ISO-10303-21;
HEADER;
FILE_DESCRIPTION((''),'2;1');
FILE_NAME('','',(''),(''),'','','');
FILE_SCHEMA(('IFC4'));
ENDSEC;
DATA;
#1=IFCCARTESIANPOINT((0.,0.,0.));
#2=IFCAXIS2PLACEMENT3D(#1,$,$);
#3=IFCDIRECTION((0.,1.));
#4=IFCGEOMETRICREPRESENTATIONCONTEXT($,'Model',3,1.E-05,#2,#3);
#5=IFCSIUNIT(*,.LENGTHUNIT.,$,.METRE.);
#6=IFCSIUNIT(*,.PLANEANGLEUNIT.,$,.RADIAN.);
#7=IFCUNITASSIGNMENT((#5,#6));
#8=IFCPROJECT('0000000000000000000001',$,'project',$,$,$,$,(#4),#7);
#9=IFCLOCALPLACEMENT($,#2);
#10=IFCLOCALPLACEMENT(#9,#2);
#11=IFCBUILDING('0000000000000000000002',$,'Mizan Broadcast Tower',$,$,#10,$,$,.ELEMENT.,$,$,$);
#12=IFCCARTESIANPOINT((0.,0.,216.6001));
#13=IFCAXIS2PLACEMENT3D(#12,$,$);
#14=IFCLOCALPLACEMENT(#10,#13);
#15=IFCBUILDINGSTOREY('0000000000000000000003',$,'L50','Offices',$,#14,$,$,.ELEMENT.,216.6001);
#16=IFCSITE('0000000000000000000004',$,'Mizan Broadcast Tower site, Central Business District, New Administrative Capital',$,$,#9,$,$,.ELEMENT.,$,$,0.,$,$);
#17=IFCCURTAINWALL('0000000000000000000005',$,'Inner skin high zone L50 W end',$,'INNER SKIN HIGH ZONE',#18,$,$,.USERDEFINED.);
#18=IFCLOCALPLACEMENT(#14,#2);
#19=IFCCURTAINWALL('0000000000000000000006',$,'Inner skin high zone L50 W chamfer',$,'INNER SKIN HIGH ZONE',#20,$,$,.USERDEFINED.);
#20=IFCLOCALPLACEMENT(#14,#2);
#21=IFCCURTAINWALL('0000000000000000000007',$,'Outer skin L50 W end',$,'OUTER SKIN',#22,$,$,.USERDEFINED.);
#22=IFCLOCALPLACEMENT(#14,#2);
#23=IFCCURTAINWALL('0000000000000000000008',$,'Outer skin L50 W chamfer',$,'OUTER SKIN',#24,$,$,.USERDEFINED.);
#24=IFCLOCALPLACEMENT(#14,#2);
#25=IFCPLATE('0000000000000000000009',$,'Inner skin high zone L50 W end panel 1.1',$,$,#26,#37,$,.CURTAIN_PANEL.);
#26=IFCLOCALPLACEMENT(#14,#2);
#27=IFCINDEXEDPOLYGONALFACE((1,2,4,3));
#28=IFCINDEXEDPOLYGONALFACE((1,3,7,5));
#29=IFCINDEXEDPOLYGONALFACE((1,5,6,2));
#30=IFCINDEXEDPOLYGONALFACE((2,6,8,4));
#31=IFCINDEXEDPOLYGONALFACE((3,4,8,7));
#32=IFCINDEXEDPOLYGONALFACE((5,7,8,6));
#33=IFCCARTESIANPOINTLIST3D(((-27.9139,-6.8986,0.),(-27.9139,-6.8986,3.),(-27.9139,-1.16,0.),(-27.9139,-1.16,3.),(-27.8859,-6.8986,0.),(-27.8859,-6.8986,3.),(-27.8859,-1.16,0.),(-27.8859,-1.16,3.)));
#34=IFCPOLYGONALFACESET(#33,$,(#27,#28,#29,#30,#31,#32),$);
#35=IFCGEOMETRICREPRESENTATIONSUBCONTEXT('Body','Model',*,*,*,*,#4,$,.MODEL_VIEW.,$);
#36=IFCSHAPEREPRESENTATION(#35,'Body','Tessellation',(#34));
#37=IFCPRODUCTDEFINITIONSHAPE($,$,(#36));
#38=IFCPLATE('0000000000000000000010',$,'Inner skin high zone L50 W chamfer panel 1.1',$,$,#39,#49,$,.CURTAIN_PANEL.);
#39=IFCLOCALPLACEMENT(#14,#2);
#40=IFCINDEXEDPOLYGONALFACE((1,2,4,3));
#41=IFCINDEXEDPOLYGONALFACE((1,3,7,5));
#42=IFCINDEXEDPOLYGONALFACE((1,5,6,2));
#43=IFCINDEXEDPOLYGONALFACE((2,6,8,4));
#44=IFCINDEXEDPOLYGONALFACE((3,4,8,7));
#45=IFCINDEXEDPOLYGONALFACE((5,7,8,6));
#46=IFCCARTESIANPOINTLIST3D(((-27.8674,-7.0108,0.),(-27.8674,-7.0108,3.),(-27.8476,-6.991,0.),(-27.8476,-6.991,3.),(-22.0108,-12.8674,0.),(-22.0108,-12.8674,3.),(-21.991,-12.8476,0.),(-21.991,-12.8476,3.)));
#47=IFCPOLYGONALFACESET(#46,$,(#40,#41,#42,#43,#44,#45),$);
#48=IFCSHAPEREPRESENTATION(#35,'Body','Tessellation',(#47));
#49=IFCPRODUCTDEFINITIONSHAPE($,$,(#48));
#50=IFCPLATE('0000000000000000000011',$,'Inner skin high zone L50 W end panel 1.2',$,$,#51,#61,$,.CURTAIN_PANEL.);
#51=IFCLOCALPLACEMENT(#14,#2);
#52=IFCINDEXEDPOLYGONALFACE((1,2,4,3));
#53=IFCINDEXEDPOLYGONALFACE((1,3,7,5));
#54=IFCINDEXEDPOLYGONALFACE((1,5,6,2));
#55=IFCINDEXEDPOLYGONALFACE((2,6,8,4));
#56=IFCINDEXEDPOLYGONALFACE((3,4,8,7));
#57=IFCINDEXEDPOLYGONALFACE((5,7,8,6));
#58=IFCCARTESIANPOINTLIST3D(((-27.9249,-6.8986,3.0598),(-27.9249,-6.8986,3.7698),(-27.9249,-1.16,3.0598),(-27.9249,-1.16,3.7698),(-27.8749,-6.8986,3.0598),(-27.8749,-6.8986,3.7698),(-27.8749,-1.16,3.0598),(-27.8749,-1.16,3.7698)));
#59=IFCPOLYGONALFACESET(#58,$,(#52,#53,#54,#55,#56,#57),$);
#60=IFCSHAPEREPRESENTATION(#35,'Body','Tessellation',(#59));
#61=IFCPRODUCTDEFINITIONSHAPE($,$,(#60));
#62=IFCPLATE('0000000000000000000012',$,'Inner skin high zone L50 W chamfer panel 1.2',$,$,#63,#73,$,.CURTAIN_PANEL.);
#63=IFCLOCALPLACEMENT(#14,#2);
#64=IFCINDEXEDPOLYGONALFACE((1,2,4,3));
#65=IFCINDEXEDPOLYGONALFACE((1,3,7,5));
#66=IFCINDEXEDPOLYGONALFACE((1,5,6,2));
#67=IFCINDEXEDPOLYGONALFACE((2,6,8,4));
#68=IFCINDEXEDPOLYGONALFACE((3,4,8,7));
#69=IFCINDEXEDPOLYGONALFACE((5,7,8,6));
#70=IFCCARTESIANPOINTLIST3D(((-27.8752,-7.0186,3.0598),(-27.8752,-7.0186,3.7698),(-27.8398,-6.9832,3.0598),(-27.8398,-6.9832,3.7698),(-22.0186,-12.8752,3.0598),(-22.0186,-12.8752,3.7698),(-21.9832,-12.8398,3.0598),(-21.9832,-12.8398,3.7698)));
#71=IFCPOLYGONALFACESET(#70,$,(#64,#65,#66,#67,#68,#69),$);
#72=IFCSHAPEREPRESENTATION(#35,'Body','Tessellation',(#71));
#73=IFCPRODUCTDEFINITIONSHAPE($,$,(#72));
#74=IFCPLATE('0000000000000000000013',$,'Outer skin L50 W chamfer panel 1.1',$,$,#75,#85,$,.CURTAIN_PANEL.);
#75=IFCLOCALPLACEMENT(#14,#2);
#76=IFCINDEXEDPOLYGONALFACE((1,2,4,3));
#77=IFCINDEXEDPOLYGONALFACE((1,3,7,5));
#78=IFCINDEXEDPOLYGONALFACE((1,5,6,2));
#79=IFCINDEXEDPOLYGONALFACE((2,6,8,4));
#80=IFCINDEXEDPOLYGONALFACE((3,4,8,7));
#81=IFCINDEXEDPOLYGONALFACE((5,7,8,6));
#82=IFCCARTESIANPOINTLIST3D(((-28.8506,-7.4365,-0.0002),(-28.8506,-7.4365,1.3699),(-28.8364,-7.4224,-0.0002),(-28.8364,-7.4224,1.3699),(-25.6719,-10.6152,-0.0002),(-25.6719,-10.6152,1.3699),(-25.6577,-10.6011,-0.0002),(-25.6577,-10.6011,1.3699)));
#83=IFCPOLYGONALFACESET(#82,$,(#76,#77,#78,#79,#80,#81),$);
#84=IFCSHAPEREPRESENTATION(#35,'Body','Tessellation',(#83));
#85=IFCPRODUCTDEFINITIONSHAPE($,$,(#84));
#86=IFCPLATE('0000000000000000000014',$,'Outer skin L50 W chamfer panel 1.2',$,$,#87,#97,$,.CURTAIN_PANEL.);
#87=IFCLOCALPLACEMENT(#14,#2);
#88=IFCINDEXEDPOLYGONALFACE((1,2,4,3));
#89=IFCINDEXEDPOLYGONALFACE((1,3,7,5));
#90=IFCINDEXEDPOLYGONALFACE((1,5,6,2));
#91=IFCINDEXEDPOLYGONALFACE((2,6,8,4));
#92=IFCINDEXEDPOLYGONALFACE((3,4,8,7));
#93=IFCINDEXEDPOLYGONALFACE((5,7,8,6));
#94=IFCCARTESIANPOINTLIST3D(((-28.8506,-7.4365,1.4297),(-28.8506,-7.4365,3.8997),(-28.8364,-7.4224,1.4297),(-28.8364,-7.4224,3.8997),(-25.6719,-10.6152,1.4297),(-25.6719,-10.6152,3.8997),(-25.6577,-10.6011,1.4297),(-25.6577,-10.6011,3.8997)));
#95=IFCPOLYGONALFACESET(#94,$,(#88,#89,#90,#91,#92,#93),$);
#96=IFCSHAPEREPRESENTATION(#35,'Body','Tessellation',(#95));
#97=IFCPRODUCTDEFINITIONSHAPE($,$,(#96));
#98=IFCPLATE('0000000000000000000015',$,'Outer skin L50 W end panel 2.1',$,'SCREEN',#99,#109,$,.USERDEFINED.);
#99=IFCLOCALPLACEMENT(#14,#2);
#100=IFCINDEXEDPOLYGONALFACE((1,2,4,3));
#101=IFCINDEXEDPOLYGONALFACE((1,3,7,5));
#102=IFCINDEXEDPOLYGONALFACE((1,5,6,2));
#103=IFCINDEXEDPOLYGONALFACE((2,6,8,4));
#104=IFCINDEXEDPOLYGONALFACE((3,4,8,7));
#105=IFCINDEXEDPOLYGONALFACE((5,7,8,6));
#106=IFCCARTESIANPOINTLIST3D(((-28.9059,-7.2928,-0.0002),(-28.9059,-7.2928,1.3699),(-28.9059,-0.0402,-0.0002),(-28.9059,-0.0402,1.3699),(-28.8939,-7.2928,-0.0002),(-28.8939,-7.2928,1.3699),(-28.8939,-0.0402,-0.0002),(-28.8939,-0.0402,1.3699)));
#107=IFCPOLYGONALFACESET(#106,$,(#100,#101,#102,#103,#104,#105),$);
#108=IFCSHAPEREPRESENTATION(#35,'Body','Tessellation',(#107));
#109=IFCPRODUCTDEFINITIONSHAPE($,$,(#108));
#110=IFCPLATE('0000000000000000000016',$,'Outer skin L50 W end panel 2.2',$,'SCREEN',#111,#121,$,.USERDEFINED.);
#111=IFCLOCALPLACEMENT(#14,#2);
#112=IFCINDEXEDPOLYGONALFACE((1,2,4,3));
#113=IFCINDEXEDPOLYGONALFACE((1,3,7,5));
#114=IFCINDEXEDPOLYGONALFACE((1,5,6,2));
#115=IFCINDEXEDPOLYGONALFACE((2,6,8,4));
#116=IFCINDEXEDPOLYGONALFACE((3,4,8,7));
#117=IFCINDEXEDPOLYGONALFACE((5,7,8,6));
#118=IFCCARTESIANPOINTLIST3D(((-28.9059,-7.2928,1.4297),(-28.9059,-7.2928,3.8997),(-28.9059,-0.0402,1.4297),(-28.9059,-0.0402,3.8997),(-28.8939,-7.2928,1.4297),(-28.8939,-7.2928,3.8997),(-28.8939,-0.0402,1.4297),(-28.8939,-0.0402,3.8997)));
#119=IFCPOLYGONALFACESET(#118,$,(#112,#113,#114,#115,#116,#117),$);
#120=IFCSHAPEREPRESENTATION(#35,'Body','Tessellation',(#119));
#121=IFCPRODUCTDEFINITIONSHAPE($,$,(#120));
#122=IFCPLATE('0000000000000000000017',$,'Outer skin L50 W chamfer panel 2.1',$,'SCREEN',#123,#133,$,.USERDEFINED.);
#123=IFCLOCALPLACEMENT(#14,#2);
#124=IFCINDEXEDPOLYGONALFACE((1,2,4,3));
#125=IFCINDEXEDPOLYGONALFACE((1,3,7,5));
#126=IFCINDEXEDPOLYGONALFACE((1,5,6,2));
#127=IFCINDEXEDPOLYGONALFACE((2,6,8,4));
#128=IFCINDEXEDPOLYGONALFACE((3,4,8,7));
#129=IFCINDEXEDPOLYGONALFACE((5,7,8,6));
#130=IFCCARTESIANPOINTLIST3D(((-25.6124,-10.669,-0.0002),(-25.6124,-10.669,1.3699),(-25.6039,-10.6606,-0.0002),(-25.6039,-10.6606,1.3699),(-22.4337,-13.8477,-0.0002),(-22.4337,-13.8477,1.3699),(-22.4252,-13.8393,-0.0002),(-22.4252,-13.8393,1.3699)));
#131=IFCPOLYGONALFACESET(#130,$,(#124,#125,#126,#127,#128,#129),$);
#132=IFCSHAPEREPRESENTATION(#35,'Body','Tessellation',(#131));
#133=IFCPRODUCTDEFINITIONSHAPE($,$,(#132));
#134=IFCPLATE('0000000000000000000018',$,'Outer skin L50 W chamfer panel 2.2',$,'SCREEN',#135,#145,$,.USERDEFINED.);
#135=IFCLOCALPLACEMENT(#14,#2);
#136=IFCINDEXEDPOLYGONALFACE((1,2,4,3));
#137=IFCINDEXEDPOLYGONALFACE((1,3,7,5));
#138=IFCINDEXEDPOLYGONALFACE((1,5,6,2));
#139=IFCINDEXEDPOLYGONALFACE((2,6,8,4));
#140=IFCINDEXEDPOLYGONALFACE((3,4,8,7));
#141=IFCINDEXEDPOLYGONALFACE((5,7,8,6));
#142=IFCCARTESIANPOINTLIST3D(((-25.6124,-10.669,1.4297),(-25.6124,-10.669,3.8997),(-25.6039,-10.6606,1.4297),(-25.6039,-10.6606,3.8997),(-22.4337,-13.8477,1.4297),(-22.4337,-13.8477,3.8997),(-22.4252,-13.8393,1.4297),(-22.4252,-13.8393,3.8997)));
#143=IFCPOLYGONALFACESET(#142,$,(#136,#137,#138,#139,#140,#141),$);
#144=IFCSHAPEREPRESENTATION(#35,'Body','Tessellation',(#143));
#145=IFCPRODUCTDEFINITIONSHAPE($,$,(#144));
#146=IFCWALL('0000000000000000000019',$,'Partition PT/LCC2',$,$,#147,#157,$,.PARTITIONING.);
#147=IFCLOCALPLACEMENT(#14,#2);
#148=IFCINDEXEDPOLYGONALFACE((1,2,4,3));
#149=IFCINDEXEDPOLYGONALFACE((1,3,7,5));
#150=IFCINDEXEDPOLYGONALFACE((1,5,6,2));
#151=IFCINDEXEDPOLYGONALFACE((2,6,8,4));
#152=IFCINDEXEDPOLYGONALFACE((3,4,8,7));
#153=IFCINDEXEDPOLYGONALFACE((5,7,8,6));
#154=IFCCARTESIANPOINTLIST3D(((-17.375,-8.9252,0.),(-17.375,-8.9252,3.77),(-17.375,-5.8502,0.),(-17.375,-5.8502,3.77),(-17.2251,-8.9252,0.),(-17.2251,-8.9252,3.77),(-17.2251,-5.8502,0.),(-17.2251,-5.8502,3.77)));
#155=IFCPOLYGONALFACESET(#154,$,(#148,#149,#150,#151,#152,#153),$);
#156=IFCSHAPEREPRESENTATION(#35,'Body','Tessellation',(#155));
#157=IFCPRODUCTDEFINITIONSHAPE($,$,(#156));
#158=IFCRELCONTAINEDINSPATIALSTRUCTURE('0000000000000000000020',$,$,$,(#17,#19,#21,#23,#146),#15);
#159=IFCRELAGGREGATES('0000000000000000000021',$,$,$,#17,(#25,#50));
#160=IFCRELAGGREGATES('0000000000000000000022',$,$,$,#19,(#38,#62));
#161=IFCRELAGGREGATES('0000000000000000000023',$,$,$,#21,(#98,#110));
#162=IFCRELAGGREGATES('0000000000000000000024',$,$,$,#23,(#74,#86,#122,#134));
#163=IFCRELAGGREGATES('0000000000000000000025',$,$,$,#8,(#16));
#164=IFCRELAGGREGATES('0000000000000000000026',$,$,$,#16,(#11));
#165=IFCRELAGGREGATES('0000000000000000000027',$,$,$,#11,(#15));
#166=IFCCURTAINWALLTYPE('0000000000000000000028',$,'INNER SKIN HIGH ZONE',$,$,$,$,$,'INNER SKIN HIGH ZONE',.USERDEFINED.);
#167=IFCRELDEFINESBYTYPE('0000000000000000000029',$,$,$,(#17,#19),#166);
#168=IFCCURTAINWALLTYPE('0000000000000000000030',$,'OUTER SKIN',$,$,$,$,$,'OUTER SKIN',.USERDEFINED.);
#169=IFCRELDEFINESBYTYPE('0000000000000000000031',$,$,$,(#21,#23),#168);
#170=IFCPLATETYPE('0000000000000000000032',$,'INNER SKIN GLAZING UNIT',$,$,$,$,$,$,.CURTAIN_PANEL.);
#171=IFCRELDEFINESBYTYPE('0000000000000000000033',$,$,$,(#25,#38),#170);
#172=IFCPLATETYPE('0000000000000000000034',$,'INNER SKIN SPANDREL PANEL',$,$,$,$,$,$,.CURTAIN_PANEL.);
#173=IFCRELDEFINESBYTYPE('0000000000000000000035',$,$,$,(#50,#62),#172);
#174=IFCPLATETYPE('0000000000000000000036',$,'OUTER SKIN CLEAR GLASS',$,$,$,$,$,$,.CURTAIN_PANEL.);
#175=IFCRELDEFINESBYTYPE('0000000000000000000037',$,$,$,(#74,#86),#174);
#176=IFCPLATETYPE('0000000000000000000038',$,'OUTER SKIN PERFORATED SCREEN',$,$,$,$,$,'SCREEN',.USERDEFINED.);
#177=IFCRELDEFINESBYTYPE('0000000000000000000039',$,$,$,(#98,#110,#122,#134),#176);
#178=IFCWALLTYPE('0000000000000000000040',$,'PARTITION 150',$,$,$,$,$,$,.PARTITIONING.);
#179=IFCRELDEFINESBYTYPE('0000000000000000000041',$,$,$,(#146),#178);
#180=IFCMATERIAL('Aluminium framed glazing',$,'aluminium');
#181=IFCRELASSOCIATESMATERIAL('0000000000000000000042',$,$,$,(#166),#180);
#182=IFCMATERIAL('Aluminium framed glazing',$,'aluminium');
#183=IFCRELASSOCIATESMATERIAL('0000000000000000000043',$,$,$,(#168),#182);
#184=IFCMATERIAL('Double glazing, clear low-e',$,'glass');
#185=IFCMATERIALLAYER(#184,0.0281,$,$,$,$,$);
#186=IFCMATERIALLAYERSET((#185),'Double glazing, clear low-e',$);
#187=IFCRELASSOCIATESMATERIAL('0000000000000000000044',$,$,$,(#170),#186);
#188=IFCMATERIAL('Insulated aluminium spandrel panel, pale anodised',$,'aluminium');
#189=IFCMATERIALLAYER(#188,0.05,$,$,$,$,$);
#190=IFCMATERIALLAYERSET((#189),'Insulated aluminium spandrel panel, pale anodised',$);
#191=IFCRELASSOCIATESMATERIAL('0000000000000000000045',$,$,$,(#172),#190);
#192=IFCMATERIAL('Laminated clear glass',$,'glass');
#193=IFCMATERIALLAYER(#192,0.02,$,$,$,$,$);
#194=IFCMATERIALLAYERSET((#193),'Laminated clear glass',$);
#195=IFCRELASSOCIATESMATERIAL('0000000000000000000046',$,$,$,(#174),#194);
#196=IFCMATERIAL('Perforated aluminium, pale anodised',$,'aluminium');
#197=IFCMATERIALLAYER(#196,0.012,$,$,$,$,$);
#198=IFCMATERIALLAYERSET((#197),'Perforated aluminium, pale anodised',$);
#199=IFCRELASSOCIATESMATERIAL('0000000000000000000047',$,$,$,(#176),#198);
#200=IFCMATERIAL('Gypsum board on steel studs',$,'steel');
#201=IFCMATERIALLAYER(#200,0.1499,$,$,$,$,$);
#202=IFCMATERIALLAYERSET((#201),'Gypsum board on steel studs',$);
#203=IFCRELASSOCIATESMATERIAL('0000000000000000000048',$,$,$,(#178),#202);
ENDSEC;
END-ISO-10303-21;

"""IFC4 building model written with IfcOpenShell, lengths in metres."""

from ifc_helpers import new_model, si_unit, direction, frame, frame_2d, origin, origin_2d, place, context, subcontext, project, spatial, rectangle, extrude, material, layer, layer_set, type_object, element, aggregate, save


model = new_model("IFC4")

# Units and contexts
model_context = context("Model", 3, precision=1e-05, world=origin(), true_north=direction((0.0, 1.0)))
body_context = subcontext(model_context, "Body", "Model", "MODEL_VIEW")
ifc_project = project(units=[si_unit("LENGTHUNIT", "METRE"), si_unit("PLANEANGLEUNIT", "RADIAN")], contexts=[model_context])

# Site, building, storey
site_placement = place(None, origin())
site = spatial("IfcSite", under=ifc_project, at=site_placement, Name="Mizan Broadcast Tower site, Central Business District, New Administrative Capital", CompositionType="ELEMENT", RefElevation=0.0)
building_placement = place(site_placement, origin())
building = spatial("IfcBuilding", under=site, at=building_placement, Name="Mizan Broadcast Tower", CompositionType="ELEMENT")
storey_placement = place(building_placement, frame((0.0, 0.0, 216.6001)))
storey = spatial("IfcBuildingStorey", under=building, at=storey_placement, Name="L50", Description="Offices", CompositionType="ELEMENT", Elevation=216.6001)

# Curtain wall
ifc_material_1 = material(Name="Aluminium framed glazing", Category="aluminium")
curtain_wall_type_1 = type_object("IfcCurtainWallType", Name="INNER SKIN HIGH ZONE", ElementType="INNER SKIN HIGH ZONE", PredefinedType="USERDEFINED", material=ifc_material_1)
curtain_wall_1_placement = place(storey_placement, origin())
curtain_wall_1 = element("IfcCurtainWall", 1, at=curtain_wall_1_placement, inside=storey, type_object=curtain_wall_type_1, Name="Inner skin high zone L50 W end", ObjectType="INNER SKIN HIGH ZONE", PredefinedType="USERDEFINED")

# Curtain walls
curtain_wall_2_placement = place(storey_placement, origin())
curtain_wall_2 = element("IfcCurtainWall", 2, at=curtain_wall_2_placement, inside=storey, type_object=curtain_wall_type_1, Name="Inner skin high zone L50 W chamfer", ObjectType="INNER SKIN HIGH ZONE", PredefinedType="USERDEFINED")
ifc_material_2 = material(Name="Aluminium framed glazing", Category="aluminium")
curtain_wall_type_2 = type_object("IfcCurtainWallType", Name="OUTER SKIN", ElementType="OUTER SKIN", PredefinedType="USERDEFINED", material=ifc_material_2)
curtain_wall_3_placement = place(storey_placement, origin())
curtain_wall_3 = element("IfcCurtainWall", 3, at=curtain_wall_3_placement, inside=storey, type_object=curtain_wall_type_2, Name="Outer skin L50 W end", ObjectType="OUTER SKIN", PredefinedType="USERDEFINED")

# Curtain wall
curtain_wall_4_placement = place(storey_placement, origin())
curtain_wall_4 = element("IfcCurtainWall", 4, at=curtain_wall_4_placement, inside=storey, type_object=curtain_wall_type_2, Name="Outer skin L50 W chamfer", ObjectType="OUTER SKIN", PredefinedType="USERDEFINED")

# Plates
ifc_material_3 = material(Name="Double glazing, clear low-e", Category="glass")
ifc_layer_1 = layer(ifc_material_3, 0.0281)
ifc_layer_set_1 = layer_set([ifc_layer_1], Name="Double glazing, clear low-e")
plate_type_1 = type_object("IfcPlateType", Name="INNER SKIN GLAZING UNIT", PredefinedType="CURTAIN_PANEL", material=ifc_layer_set_1)
plate_1_placement = place(storey_placement, frame((-27.8999, -4.0293, 0.0), z_axis=(0.0, 0.0, 1.0), x_axis=(0.0, -1.0, 0.0)))
plate_1 = element("IfcPlate", 5, at=plate_1_placement, type_object=plate_type_1, Name="Inner skin high zone L50 W end panel 1.1", PredefinedType="CURTAIN_PANEL", context=body_context, shape_type="SweptSolid", body=[
    extrude(rectangle(XDim=5.7385, YDim=0.0281, at=origin_2d()), origin(), (0.0, 0.0, 1.0), 3.0),
])
plate_2_placement = place(storey_placement, frame((-24.9292, -9.9292, 0.0), z_axis=(0.0, 0.0, 1.0), x_axis=(0.707107, -0.707107, 0.0)))
plate_2 = element("IfcPlate", 6, at=plate_2_placement, type_object=plate_type_1, Name="Inner skin high zone L50 W chamfer panel 1.1", PredefinedType="CURTAIN_PANEL", context=body_context, shape_type="SweptSolid", body=[
    extrude(rectangle(XDim=8.2825, YDim=0.0281, at=origin_2d()), origin(), (0.0, 0.0, 1.0), 3.0),
])
ifc_material_4 = material(Name="Insulated aluminium spandrel panel, pale anodised", Category="aluminium")
ifc_layer_2 = layer(ifc_material_4, 0.05)
ifc_layer_set_2 = layer_set([ifc_layer_2], Name="Insulated aluminium spandrel panel, pale anodised")
plate_type_2 = type_object("IfcPlateType", Name="INNER SKIN SPANDREL PANEL", PredefinedType="CURTAIN_PANEL", material=ifc_layer_set_2)
plate_3_placement = place(storey_placement, frame((-27.8999, -4.0293, 3.0598), z_axis=(0.0, 0.0, 1.0), x_axis=(0.0, -1.0, 0.0)))
plate_3 = element("IfcPlate", 7, at=plate_3_placement, type_object=plate_type_2, Name="Inner skin high zone L50 W end panel 1.2", PredefinedType="CURTAIN_PANEL", context=body_context, shape_type="SweptSolid", body=[
    extrude(rectangle(XDim=5.7385, YDim=0.05, at=origin_2d()), origin(), (0.0, 0.0, 1.0), 0.71),
])
aggregate(curtain_wall_1, [plate_1, plate_3])
plate_4_placement = place(storey_placement, frame((-24.9292, -9.9292, 3.0598), z_axis=(0.0, 0.0, 1.0), x_axis=(0.707107, -0.707107, 0.0)))
plate_4 = element("IfcPlate", 8, at=plate_4_placement, type_object=plate_type_2, Name="Inner skin high zone L50 W chamfer panel 1.2", PredefinedType="CURTAIN_PANEL", context=body_context, shape_type="SweptSolid", body=[
    extrude(rectangle(XDim=8.2825, YDim=0.05, at=origin_2d()), origin(), (0.0, 0.0, 1.0), 0.71),
])
aggregate(curtain_wall_2, [plate_2, plate_4])
ifc_material_5 = material(Name="Laminated clear glass", Category="glass")
ifc_layer_3 = layer(ifc_material_5, 0.02)
ifc_layer_set_3 = layer_set([ifc_layer_3], Name="Laminated clear glass")
plate_type_3 = type_object("IfcPlateType", Name="OUTER SKIN CLEAR GLASS", PredefinedType="CURTAIN_PANEL", material=ifc_layer_set_3)
plate_5_placement = place(storey_placement, frame((-27.2542, -9.0188, -0.0002), z_axis=(0.0, 0.0, 1.0), x_axis=(0.707107, -0.707107, 0.0)))
plate_5 = element("IfcPlate", 9, at=plate_5_placement, type_object=plate_type_3, Name="Outer skin L50 W chamfer panel 1.1", PredefinedType="CURTAIN_PANEL", context=body_context, shape_type="SweptSolid", body=[
    extrude(rectangle(XDim=4.4954, YDim=0.02, at=origin_2d()), origin(), (0.0, 0.0, 1.0), 1.3701),
])
plate_6_placement = place(storey_placement, frame((-27.2542, -9.0188, 1.4297), z_axis=(0.0, 0.0, 1.0), x_axis=(0.707107, -0.707107, 0.0)))
plate_6 = element("IfcPlate", 10, at=plate_6_placement, type_object=plate_type_3, Name="Outer skin L50 W chamfer panel 1.2", PredefinedType="CURTAIN_PANEL", context=body_context, shape_type="SweptSolid", body=[
    extrude(rectangle(XDim=4.4954, YDim=0.02, at=origin_2d()), origin(), (0.0, 0.0, 1.0), 2.47),
])
ifc_material_6 = material(Name="Perforated aluminium, pale anodised", Category="aluminium")
ifc_layer_4 = layer(ifc_material_6, 0.012)
ifc_layer_set_4 = layer_set([ifc_layer_4], Name="Perforated aluminium, pale anodised")
plate_type_4 = type_object("IfcPlateType", Name="OUTER SKIN PERFORATED SCREEN", ElementType="SCREEN", PredefinedType="USERDEFINED", material=ifc_layer_set_4)
plate_7_placement = place(storey_placement, frame((-28.8999, -3.6665, -0.0002), z_axis=(0.0, 0.0, 1.0), x_axis=(0.0, -1.0, 0.0)))
plate_7 = element("IfcPlate", 11, at=plate_7_placement, type_object=plate_type_4, Name="Outer skin L50 W end panel 2.1", ObjectType="SCREEN", PredefinedType="USERDEFINED", context=body_context, shape_type="SweptSolid", body=[
    extrude(rectangle(XDim=7.2527, YDim=0.012, at=origin_2d()), origin(), (0.0, 0.0, 1.0), 1.3701),
])
plate_8_placement = place(storey_placement, frame((-28.8999, -3.6665, 1.4297), z_axis=(0.0, 0.0, 1.0), x_axis=(0.0, -1.0, 0.0)))
plate_8 = element("IfcPlate", 12, at=plate_8_placement, type_object=plate_type_4, Name="Outer skin L50 W end panel 2.2", ObjectType="SCREEN", PredefinedType="USERDEFINED", context=body_context, shape_type="SweptSolid", body=[
    extrude(rectangle(XDim=7.2527, YDim=0.012, at=origin_2d()), origin(), (0.0, 0.0, 1.0), 2.47),
])
aggregate(curtain_wall_3, [plate_7, plate_8])
plate_9_placement = place(storey_placement, frame((-24.0188, -12.2542, -0.0002), z_axis=(0.0, 0.0, 1.0), x_axis=(0.707107, -0.707107, 0.0)))
plate_9 = element("IfcPlate", 13, at=plate_9_placement, type_object=plate_type_4, Name="Outer skin L50 W chamfer panel 2.1", ObjectType="SCREEN", PredefinedType="USERDEFINED", context=body_context, shape_type="SweptSolid", body=[
    extrude(rectangle(XDim=4.4954, YDim=0.012, at=origin_2d()), origin(), (0.0, 0.0, 1.0), 1.3701),
])
plate_10_placement = place(storey_placement, frame((-24.0188, -12.2542, 1.4297), z_axis=(0.0, 0.0, 1.0), x_axis=(0.707107, -0.707107, 0.0)))
plate_10 = element("IfcPlate", 14, at=plate_10_placement, type_object=plate_type_4, Name="Outer skin L50 W chamfer panel 2.2", ObjectType="SCREEN", PredefinedType="USERDEFINED", context=body_context, shape_type="SweptSolid", body=[
    extrude(rectangle(XDim=4.4954, YDim=0.012, at=origin_2d()), origin(), (0.0, 0.0, 1.0), 2.47),
])
aggregate(curtain_wall_4, [plate_5, plate_6, plate_9, plate_10])

# Wall
ifc_material_7 = material(Name="Gypsum board on steel studs", Category="steel")
ifc_layer_5 = layer(ifc_material_7, 0.1499)
ifc_layer_set_5 = layer_set([ifc_layer_5], Name="Gypsum board on steel studs")
wall_type = type_object("IfcWallType", Name="PARTITION 150", PredefinedType="PARTITIONING", material=ifc_layer_set_5)
wall_placement = place(storey_placement, frame((-17.3, -5.8501, 0.0), z_axis=(0.0, 0.0, 1.0), x_axis=(0.0, -1.0, 0.0)))
element("IfcWall", 15, at=wall_placement, inside=storey, type_object=wall_type, Name="Partition PT/LCC2", PredefinedType="PARTITIONING", context=body_context, shape_type="SweptSolid", body=[
    extrude(rectangle(XDim=3.075, YDim=0.1499, at=frame_2d((1.5376, 0.0))), origin(), (0.0, 0.0, 1.0), 3.77),
])

save(model, "model.ifc")
